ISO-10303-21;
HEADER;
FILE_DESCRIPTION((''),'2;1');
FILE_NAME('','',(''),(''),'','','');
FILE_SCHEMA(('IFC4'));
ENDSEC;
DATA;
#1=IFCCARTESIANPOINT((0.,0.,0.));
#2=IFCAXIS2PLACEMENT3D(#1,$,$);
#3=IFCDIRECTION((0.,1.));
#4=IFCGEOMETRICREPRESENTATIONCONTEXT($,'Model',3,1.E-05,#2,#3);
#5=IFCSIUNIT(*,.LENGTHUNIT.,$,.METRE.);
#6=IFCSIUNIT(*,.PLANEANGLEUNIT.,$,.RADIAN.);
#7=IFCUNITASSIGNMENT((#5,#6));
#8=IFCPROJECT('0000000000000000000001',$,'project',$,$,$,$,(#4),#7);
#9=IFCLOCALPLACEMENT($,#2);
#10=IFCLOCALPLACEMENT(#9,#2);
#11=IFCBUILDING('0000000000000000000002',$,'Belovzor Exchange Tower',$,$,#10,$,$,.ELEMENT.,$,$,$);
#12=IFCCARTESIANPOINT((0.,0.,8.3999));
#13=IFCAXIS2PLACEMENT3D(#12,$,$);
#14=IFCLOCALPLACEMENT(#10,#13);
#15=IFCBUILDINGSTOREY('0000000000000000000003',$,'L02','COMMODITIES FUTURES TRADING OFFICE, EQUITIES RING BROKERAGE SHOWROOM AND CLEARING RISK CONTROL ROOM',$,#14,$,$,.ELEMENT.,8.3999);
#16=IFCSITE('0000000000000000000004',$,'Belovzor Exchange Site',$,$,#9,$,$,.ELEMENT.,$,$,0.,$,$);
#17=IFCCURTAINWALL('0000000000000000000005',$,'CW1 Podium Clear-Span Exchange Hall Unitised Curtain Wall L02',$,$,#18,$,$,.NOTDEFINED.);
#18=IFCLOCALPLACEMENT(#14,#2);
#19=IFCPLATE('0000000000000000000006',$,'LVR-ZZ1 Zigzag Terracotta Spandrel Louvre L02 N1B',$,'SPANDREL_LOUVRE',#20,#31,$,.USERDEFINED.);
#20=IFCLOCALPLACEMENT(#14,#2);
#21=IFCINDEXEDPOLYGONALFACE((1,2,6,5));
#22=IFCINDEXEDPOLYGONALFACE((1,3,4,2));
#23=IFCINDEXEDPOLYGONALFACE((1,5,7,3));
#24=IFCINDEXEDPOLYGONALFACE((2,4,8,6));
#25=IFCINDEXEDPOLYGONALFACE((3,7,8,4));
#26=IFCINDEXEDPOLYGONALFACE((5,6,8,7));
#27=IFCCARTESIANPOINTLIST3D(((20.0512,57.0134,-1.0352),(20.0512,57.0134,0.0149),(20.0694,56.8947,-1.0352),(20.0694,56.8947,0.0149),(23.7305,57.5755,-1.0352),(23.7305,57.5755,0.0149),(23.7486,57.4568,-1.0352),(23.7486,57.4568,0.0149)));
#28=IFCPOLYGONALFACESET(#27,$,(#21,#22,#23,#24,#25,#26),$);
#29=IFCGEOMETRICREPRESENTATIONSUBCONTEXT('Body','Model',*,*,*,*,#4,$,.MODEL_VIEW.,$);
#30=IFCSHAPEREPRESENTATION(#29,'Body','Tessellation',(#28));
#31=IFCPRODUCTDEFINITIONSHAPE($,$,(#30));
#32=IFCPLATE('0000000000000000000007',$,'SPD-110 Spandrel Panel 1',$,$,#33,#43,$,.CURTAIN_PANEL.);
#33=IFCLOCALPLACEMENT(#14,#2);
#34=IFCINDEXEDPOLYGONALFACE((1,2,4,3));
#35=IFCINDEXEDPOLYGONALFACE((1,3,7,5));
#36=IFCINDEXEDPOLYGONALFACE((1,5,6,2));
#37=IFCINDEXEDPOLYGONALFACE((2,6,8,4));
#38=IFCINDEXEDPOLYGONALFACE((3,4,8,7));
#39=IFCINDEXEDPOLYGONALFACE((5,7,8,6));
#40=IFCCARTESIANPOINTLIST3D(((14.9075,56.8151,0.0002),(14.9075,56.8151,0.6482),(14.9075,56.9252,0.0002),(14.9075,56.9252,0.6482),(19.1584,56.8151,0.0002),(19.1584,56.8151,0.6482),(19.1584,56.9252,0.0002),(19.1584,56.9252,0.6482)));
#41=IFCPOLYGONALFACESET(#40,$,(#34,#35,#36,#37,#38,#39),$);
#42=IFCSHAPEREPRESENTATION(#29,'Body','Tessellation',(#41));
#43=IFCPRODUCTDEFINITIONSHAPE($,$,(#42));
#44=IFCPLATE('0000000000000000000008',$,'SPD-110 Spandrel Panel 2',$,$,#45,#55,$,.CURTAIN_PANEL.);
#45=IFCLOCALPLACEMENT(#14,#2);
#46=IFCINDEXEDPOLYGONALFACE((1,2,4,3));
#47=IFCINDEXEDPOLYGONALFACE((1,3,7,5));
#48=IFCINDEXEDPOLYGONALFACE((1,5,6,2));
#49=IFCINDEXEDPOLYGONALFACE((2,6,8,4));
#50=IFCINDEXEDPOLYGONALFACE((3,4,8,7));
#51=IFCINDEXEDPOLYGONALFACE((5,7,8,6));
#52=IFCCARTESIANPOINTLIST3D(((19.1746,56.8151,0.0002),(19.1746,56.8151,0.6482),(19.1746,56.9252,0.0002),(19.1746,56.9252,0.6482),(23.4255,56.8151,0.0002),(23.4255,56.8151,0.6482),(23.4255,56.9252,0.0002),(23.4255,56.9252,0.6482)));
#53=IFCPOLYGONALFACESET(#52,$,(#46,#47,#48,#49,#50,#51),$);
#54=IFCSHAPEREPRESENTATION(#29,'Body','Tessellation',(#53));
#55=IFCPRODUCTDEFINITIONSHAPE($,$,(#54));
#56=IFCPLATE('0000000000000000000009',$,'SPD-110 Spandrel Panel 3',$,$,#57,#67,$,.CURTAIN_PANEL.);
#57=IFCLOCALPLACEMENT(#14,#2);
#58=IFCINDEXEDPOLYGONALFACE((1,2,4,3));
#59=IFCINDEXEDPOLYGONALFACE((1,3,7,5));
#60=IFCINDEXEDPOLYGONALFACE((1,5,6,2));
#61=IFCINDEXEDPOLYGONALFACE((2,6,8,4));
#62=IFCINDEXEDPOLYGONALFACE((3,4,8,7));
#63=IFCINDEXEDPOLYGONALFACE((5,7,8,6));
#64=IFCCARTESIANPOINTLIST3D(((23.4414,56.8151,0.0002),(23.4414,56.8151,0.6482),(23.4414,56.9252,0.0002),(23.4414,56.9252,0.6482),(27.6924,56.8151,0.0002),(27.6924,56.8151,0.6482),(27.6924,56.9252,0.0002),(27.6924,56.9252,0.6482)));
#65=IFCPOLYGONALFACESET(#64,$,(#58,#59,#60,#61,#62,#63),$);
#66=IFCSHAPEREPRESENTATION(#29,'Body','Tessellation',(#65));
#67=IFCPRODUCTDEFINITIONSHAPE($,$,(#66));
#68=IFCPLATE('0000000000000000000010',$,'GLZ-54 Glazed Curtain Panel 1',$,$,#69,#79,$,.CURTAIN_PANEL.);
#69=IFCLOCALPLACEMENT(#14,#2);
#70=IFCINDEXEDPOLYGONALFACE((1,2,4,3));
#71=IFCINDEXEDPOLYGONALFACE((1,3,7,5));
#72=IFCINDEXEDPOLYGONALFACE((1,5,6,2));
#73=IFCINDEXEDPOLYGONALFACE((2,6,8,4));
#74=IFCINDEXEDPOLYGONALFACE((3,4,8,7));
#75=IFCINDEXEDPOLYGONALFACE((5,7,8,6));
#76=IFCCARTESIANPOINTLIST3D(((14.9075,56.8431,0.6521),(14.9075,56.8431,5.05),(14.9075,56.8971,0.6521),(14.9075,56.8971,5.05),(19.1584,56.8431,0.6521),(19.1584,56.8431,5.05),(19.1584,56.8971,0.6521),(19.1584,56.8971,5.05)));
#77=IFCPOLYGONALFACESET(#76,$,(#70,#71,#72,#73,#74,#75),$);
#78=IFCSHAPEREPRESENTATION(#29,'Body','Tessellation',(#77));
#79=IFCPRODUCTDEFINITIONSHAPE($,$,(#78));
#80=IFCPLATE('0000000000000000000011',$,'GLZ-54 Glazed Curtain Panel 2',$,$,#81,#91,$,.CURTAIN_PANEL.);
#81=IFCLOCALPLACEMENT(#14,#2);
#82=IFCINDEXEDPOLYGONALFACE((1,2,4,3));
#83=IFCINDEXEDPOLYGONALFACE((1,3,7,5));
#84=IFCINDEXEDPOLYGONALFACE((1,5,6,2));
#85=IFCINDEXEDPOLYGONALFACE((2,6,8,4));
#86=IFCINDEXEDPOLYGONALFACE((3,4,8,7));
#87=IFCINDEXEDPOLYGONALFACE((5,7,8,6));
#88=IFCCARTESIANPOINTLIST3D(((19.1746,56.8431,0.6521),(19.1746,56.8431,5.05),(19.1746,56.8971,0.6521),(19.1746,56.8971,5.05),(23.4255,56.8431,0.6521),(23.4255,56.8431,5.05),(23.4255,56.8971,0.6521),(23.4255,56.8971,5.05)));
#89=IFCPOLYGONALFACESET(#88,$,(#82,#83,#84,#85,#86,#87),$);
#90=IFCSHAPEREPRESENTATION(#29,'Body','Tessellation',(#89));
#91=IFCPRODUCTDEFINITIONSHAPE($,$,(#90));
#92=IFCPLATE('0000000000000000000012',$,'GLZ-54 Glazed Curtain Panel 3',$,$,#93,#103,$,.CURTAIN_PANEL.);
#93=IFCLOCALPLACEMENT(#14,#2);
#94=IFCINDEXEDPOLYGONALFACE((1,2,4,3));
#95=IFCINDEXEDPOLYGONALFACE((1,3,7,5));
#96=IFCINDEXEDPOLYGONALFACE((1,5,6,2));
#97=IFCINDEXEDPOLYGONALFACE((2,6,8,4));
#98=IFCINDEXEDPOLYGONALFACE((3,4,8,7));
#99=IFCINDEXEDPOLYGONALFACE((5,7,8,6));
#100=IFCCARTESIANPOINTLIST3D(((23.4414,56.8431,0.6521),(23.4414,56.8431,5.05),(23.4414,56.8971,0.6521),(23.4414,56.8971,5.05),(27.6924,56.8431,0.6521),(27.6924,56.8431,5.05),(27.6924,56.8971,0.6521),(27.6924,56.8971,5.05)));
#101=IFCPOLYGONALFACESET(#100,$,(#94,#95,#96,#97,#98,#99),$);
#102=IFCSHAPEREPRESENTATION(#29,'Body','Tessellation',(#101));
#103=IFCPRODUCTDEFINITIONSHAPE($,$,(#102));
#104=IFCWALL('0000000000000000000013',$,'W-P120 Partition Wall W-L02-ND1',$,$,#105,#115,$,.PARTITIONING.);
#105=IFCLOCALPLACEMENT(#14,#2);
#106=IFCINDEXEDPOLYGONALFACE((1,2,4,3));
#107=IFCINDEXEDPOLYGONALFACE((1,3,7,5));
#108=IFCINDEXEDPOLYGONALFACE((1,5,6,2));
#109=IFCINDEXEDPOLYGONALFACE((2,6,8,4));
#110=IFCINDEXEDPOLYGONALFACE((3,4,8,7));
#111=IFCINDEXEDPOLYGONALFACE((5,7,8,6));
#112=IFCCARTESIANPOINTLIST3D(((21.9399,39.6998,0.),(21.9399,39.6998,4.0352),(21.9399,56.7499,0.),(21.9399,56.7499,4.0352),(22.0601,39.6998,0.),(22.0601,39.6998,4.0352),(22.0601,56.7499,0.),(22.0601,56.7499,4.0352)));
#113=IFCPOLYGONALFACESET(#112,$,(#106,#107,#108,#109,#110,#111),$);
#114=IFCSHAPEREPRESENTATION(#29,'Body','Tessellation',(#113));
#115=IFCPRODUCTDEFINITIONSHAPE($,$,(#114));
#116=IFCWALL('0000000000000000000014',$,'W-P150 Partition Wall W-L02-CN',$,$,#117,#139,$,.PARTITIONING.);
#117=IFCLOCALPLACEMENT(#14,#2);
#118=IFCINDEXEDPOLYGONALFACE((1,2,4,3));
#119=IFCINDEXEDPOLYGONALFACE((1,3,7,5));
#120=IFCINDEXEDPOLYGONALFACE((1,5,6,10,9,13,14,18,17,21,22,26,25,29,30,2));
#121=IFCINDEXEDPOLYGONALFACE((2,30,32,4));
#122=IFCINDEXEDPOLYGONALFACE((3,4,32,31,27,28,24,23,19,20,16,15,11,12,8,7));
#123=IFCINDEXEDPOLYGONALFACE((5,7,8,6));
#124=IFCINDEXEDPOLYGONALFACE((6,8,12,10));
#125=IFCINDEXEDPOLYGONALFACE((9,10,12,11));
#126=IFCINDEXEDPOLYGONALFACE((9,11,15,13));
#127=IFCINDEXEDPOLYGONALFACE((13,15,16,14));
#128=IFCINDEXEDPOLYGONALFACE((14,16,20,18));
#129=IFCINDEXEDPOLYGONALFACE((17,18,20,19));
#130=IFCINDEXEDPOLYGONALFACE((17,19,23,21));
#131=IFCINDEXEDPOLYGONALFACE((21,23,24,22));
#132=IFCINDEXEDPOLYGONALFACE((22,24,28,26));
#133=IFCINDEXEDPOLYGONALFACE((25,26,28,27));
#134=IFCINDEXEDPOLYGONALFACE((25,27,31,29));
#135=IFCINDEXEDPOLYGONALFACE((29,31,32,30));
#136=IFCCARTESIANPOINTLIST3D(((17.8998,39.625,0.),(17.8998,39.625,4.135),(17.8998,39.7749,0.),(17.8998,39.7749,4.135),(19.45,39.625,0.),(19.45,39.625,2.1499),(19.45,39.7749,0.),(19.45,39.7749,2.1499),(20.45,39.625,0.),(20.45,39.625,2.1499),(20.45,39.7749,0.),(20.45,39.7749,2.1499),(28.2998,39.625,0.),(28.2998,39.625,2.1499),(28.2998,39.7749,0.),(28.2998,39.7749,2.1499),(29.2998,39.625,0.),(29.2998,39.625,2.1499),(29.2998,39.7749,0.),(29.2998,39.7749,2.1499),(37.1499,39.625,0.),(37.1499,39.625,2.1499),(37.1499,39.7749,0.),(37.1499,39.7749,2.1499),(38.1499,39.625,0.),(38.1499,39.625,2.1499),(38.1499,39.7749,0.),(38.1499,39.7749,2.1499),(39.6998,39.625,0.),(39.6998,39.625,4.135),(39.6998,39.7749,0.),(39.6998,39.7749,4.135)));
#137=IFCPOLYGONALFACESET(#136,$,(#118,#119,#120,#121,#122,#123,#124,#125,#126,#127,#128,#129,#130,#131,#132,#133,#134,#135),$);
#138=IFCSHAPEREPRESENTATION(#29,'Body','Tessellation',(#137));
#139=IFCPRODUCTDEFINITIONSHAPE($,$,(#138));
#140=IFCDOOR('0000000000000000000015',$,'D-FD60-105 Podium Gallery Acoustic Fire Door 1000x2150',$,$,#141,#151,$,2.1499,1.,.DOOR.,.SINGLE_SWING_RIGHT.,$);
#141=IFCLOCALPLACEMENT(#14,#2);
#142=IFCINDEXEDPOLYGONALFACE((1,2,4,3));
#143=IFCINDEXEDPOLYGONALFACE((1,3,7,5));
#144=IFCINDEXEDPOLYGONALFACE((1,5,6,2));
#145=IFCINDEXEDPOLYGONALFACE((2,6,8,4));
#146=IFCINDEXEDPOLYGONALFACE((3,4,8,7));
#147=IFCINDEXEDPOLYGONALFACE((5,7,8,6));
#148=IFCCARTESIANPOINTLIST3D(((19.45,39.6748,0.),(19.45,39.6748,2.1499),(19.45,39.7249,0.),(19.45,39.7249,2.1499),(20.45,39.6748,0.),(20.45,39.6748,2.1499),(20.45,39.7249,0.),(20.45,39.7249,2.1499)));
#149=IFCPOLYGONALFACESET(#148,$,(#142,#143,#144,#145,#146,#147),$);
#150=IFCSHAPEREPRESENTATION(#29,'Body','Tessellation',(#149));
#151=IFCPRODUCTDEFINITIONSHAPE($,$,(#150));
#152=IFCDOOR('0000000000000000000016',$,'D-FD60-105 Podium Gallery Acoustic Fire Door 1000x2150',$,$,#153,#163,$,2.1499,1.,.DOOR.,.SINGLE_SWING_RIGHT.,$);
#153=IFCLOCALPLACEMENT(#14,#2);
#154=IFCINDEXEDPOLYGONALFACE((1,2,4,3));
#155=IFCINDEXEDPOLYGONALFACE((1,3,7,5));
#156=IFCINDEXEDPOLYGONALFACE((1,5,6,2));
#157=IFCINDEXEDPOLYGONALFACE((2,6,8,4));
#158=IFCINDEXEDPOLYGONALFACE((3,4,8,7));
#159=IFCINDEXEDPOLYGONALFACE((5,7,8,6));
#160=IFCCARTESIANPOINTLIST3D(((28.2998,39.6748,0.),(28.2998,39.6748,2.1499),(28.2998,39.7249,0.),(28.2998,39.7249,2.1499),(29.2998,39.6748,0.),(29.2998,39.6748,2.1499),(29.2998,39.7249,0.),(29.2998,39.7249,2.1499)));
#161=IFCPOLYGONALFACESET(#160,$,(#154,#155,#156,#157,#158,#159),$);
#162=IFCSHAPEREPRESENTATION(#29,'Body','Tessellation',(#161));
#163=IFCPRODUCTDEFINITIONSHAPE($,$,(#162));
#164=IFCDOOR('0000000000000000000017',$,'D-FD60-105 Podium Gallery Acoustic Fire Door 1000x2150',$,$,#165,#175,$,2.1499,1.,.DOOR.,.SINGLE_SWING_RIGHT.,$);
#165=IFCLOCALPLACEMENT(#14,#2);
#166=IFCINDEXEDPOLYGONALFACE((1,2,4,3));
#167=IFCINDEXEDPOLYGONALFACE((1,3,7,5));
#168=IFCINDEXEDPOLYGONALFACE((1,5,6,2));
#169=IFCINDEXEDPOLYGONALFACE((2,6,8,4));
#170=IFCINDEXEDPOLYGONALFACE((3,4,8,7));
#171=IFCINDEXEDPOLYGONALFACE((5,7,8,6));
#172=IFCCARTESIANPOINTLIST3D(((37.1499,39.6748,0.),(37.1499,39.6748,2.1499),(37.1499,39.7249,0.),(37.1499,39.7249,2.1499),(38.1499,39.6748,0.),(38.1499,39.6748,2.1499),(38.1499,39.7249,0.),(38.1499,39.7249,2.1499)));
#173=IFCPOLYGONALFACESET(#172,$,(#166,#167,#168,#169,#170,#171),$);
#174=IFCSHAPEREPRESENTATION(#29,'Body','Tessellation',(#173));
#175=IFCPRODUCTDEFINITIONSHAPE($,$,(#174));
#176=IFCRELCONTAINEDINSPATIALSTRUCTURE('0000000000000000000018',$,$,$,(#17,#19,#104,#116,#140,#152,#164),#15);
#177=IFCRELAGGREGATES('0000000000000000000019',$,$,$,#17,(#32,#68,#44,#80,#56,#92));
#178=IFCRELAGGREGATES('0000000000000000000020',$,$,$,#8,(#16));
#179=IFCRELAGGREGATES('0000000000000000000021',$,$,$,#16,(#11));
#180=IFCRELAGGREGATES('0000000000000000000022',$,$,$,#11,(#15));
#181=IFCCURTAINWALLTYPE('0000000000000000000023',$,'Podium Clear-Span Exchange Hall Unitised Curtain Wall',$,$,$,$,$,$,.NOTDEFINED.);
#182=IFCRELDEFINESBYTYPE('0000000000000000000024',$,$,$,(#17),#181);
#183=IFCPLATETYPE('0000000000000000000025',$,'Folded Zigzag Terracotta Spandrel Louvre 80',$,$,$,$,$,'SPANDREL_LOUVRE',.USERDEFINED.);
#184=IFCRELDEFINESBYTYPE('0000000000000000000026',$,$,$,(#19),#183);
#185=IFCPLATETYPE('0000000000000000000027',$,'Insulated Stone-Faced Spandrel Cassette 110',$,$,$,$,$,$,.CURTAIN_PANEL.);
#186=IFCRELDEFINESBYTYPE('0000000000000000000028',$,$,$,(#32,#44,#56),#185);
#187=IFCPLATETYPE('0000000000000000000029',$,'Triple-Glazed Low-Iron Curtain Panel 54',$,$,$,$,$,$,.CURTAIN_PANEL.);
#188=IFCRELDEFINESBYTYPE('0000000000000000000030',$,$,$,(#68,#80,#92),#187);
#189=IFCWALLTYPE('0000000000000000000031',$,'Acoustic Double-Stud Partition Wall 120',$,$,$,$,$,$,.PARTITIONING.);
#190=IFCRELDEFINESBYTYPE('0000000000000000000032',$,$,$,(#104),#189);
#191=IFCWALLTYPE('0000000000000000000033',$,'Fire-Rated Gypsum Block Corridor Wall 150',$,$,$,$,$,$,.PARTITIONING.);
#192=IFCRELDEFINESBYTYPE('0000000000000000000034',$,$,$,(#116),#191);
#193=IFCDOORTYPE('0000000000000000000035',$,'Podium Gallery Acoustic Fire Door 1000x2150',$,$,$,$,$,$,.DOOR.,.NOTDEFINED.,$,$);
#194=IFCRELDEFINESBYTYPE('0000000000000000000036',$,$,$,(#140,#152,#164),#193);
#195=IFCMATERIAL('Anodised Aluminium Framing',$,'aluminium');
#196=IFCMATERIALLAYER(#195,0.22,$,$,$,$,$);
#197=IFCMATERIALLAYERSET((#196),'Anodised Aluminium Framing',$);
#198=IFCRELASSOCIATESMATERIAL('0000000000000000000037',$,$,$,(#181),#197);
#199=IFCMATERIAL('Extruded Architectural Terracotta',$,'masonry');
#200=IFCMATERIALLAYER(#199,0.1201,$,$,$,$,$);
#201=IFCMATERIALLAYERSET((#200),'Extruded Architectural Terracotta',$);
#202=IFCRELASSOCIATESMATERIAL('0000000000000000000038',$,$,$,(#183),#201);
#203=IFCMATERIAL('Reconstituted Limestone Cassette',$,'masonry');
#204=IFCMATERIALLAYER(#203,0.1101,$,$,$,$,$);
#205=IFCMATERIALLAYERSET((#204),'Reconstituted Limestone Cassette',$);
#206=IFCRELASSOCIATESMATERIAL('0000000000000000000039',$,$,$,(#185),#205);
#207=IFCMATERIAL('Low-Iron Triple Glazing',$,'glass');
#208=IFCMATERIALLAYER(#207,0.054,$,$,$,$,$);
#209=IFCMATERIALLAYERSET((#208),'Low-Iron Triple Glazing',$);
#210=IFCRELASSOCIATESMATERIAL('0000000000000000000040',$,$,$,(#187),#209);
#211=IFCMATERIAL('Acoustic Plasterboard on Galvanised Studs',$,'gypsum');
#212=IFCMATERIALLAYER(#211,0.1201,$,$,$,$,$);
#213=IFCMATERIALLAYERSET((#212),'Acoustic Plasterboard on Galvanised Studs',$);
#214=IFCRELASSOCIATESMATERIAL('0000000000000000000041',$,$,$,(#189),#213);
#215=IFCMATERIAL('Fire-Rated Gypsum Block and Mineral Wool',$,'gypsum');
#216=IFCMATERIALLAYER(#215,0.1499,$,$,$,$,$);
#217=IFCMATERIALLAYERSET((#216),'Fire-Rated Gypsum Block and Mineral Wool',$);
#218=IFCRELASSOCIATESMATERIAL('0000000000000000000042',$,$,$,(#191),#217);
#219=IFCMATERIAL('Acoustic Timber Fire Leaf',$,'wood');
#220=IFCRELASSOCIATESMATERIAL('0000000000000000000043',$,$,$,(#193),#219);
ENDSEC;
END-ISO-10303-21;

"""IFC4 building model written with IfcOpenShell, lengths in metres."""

from ifc_helpers import new_model, si_unit, direction, frame, frame_2d, origin, origin_2d, place, context, subcontext, project, spatial, rectangle, extrude, material, layer, layer_set, type_object, element, fill, aggregate, save


model = new_model("IFC4")

# Units and contexts
model_context = context("Model", 3, precision=1e-05, world=origin(), true_north=direction((0.0, 1.0)))
body_context = subcontext(model_context, "Body", "Model", "MODEL_VIEW")
ifc_project = project(units=[si_unit("LENGTHUNIT", "METRE"), si_unit("PLANEANGLEUNIT", "RADIAN")], contexts=[model_context])

# Site, building, storey
site_placement = place(None, origin())
site = spatial("IfcSite", under=ifc_project, at=site_placement, Name="Belovzor Exchange Site", CompositionType="ELEMENT", RefElevation=0.0)
building_placement = place(site_placement, origin())
building = spatial("IfcBuilding", under=site, at=building_placement, Name="Belovzor Exchange Tower", CompositionType="ELEMENT")
storey_placement = place(building_placement, frame((0.0, 0.0, 8.3999)))
storey = spatial("IfcBuildingStorey", under=building, at=storey_placement, Name="L02", Description="COMMODITIES FUTURES TRADING OFFICE, EQUITIES RING BROKERAGE SHOWROOM AND CLEARING RISK CONTROL ROOM", CompositionType="ELEMENT", Elevation=8.3999)

# Curtain wall
ifc_material_1 = material(Name="Anodised Aluminium Framing", Category="aluminium")
ifc_layer_1 = layer(ifc_material_1, 0.22)
ifc_layer_set_1 = layer_set([ifc_layer_1], Name="Anodised Aluminium Framing")
curtain_wall_type = type_object("IfcCurtainWallType", Name="Podium Clear-Span Exchange Hall Unitised Curtain Wall", PredefinedType="NOTDEFINED", material=ifc_layer_set_1)
curtain_wall_placement = place(storey_placement, origin())
curtain_wall = element("IfcCurtainWall", 1, at=curtain_wall_placement, inside=storey, type_object=curtain_wall_type, Name="CW1 Podium Clear-Span Exchange Hall Unitised Curtain Wall L02", PredefinedType="NOTDEFINED")

# Plate
ifc_material_2 = material(Name="Extruded Architectural Terracotta", Category="masonry")
ifc_layer_2 = layer(ifc_material_2, 0.1201)
ifc_layer_set_2 = layer_set([ifc_layer_2], Name="Extruded Architectural Terracotta")
plate_type_1 = type_object("IfcPlateType", Name="Folded Zigzag Terracotta Spandrel Louvre 80", ElementType="SPANDREL_LOUVRE", PredefinedType="USERDEFINED", material=ifc_layer_set_2)
for number, where, z_axis, x_axis, name in (
    (2, (21.8999, 57.2351, -1.0352), (0.0, 0.0, 1.0), (0.988531, 0.151019, 0.0), "LVR-ZZ1 Zigzag Terracotta Spandrel Louvre L02 N1B"),
):
    element("IfcPlate", number, at=place(storey_placement, frame(where, z_axis=z_axis, x_axis=x_axis)), inside=storey, type_object=plate_type_1, Name=name, ObjectType="SPANDREL_LOUVRE", PredefinedType="USERDEFINED", context=body_context, shape_type="SweptSolid", body=[
        extrude(rectangle(XDim=3.7219, YDim=0.1201, at=origin_2d()), origin(), (0.0, 0.0, 1.0), 1.05),
    ])

# Plates
ifc_material_3 = material(Name="Reconstituted Limestone Cassette", Category="masonry")
ifc_layer_3 = layer(ifc_material_3, 0.1101)
ifc_layer_set_3 = layer_set([ifc_layer_3], Name="Reconstituted Limestone Cassette")
plate_type_2 = type_object("IfcPlateType", Name="Insulated Stone-Faced Spandrel Cassette 110", PredefinedType="CURTAIN_PANEL", material=ifc_layer_set_3)
plate_1_placement = place(storey_placement, frame((17.033, 56.8701, 0.0002), z_axis=(0.0, 0.0, 1.0), x_axis=(1.0, 0.0, 0.0)))
plate_1 = element("IfcPlate", 3, at=plate_1_placement, type_object=plate_type_2, Name="SPD-110 Spandrel Panel 1", PredefinedType="CURTAIN_PANEL", context=body_context, shape_type="SweptSolid", body=[
    extrude(rectangle(XDim=4.251, YDim=0.1101, at=origin_2d()), origin(), (0.0, 0.0, 1.0), 0.6479),
])
plate_2_placement = place(storey_placement, frame((21.3, 56.8701, 0.0002), z_axis=(0.0, 0.0, 1.0), x_axis=(1.0, 0.0, 0.0)))
plate_2 = element("IfcPlate", 4, at=plate_2_placement, type_object=plate_type_2, Name="SPD-110 Spandrel Panel 2", PredefinedType="CURTAIN_PANEL", context=body_context, shape_type="SweptSolid", body=[
    extrude(rectangle(XDim=4.251, YDim=0.1101, at=origin_2d()), origin(), (0.0, 0.0, 1.0), 0.6479),
])
plate_3_placement = place(storey_placement, frame((25.5669, 56.8701, 0.0002), z_axis=(0.0, 0.0, 1.0), x_axis=(1.0, 0.0, 0.0)))
plate_3 = element("IfcPlate", 5, at=plate_3_placement, type_object=plate_type_2, Name="SPD-110 Spandrel Panel 3", PredefinedType="CURTAIN_PANEL", context=body_context, shape_type="SweptSolid", body=[
    extrude(rectangle(XDim=4.251, YDim=0.1101, at=origin_2d()), origin(), (0.0, 0.0, 1.0), 0.6479),
])
ifc_material_4 = material(Name="Low-Iron Triple Glazing", Category="glass")
ifc_layer_4 = layer(ifc_material_4, 0.054)
ifc_layer_set_4 = layer_set([ifc_layer_4], Name="Low-Iron Triple Glazing")
plate_type_3 = type_object("IfcPlateType", Name="Triple-Glazed Low-Iron Curtain Panel 54", PredefinedType="CURTAIN_PANEL", material=ifc_layer_set_4)
plate_4_placement = place(storey_placement, frame((17.033, 56.8701, 0.6521), z_axis=(0.0, 0.0, 1.0), x_axis=(1.0, 0.0, 0.0)))
plate_4 = element("IfcPlate", 6, at=plate_4_placement, type_object=plate_type_3, Name="GLZ-54 Glazed Curtain Panel 1", PredefinedType="CURTAIN_PANEL", context=body_context, shape_type="SweptSolid", body=[
    extrude(rectangle(XDim=4.251, YDim=0.054, at=origin_2d()), origin(), (0.0, 0.0, 1.0), 4.3979),
])
plate_5_placement = place(storey_placement, frame((21.3, 56.8701, 0.6521), z_axis=(0.0, 0.0, 1.0), x_axis=(1.0, 0.0, 0.0)))
plate_5 = element("IfcPlate", 7, at=plate_5_placement, type_object=plate_type_3, Name="GLZ-54 Glazed Curtain Panel 2", PredefinedType="CURTAIN_PANEL", context=body_context, shape_type="SweptSolid", body=[
    extrude(rectangle(XDim=4.251, YDim=0.054, at=origin_2d()), origin(), (0.0, 0.0, 1.0), 4.3979),
])
plate_6_placement = place(storey_placement, frame((25.5669, 56.8701, 0.6521), z_axis=(0.0, 0.0, 1.0), x_axis=(1.0, 0.0, 0.0)))
plate_6 = element("IfcPlate", 8, at=plate_6_placement, type_object=plate_type_3, Name="GLZ-54 Glazed Curtain Panel 3", PredefinedType="CURTAIN_PANEL", context=body_context, shape_type="SweptSolid", body=[
    extrude(rectangle(XDim=4.251, YDim=0.054, at=origin_2d()), origin(), (0.0, 0.0, 1.0), 4.3979),
])
aggregate(curtain_wall, [plate_1, plate_4, plate_2, plate_5, plate_3, plate_6])

# Wall
ifc_material_5 = material(Name="Acoustic Plasterboard on Galvanised Studs", Category="gypsum")
ifc_layer_5 = layer(ifc_material_5, 0.1201)
ifc_layer_set_5 = layer_set([ifc_layer_5], Name="Acoustic Plasterboard on Galvanised Studs")
wall_type_1 = type_object("IfcWallType", Name="Acoustic Double-Stud Partition Wall 120", PredefinedType="PARTITIONING", material=ifc_layer_set_5)
wall_1_placement = place(storey_placement, frame((22.0, 39.7, 0.0), z_axis=(0.0, 0.0, 1.0), x_axis=(0.0, 1.0, 0.0)))
element("IfcWall", 9, at=wall_1_placement, inside=storey, type_object=wall_type_1, Name="W-P120 Partition Wall W-L02-ND1", PredefinedType="PARTITIONING", context=body_context, shape_type="SweptSolid", body=[
    extrude(rectangle(XDim=17.05, YDim=0.1201, at=frame_2d((8.5249, 0.0))), origin(), (0.0, 0.0, 1.0), 4.0352),
])

# Wall, openings, doors
ifc_material_6 = material(Name="Fire-Rated Gypsum Block and Mineral Wool", Category="gypsum")
ifc_layer_6 = layer(ifc_material_6, 0.1499)
ifc_layer_set_6 = layer_set([ifc_layer_6], Name="Fire-Rated Gypsum Block and Mineral Wool")
wall_type_2 = type_object("IfcWallType", Name="Fire-Rated Gypsum Block Corridor Wall 150", PredefinedType="PARTITIONING", material=ifc_layer_set_6)
wall_2_placement = place(storey_placement, frame((17.8999, 39.7, 0.0), z_axis=(0.0, 0.0, 1.0), x_axis=(1.0, 0.0, 0.0)))
wall_2 = element("IfcWall", 10, at=wall_2_placement, inside=storey, type_object=wall_type_2, Name="W-P150 Partition Wall W-L02-CN", PredefinedType="PARTITIONING", context=body_context, shape_type="SweptSolid", body=[
    extrude(rectangle(XDim=21.8, YDim=0.1499, at=frame_2d((10.8999, 0.0))), origin(), (0.0, 0.0, 1.0), 4.135),
])
opening_1_placement = place(wall_2_placement, frame((1.55, 0.0, 0.0)))
opening_1 = element("IfcOpeningElement", 11, at=opening_1_placement, cuts=wall_2, PredefinedType="OPENING", context=body_context, shape_type="SweptSolid", body=[
    extrude(rectangle(XDim=1.0, YDim=2.1499, at=frame_2d((0.5, 1.075))), frame((0.0, 0.085, 0.0), z_axis=(0.0, -1.0, 0.0), x_axis=(1.0, 0.0, 0.0)), (0.0, 0.0, 1.0), 0.1699),
])
opening_2_placement = place(wall_2_placement, frame((10.3999, 0.0, 0.0)))
opening_2 = element("IfcOpeningElement", 12, at=opening_2_placement, cuts=wall_2, PredefinedType="OPENING", context=body_context, shape_type="SweptSolid", body=[
    extrude(rectangle(XDim=1.0, YDim=2.1499, at=frame_2d((0.5, 1.075))), frame((0.0, 0.085, 0.0), z_axis=(0.0, -1.0, 0.0), x_axis=(1.0, 0.0, 0.0)), (0.0, 0.0, 1.0), 0.1699),
])
opening_3_placement = place(wall_2_placement, frame((19.25, 0.0, 0.0)))
opening_3 = element("IfcOpeningElement", 13, at=opening_3_placement, cuts=wall_2, PredefinedType="OPENING", context=body_context, shape_type="SweptSolid", body=[
    extrude(rectangle(XDim=1.0, YDim=2.1499, at=frame_2d((0.5, 1.075))), frame((0.0, 0.085, 0.0), z_axis=(0.0, -1.0, 0.0), x_axis=(1.0, 0.0, 0.0)), (0.0, 0.0, 1.0), 0.1699),
])
ifc_material_7 = material(Name="Acoustic Timber Fire Leaf", Category="wood")
door_type = type_object("IfcDoorType", Name="Podium Gallery Acoustic Fire Door 1000x2150", OperationType="NOTDEFINED", PredefinedType="DOOR", material=ifc_material_7)
door_1_placement = place(opening_1_placement, origin())
door_1 = element("IfcDoor", 14, at=door_1_placement, inside=storey, type_object=door_type, Name="D-FD60-105 Podium Gallery Acoustic Fire Door 1000x2150", OperationType="SINGLE_SWING_RIGHT", OverallHeight=2.1499, OverallWidth=1.0, PredefinedType="DOOR", context=body_context, shape_type="SweptSolid", body=[
    extrude(rectangle(XDim=1.0, YDim=2.1499, at=frame_2d((0.5, 1.075))), frame((0.0, 0.0249, 0.0), z_axis=(0.0, -1.0, 0.0), x_axis=(1.0, 0.0, 0.0)), (0.0, 0.0, 1.0), 0.05),
])
fill(opening_1, door_1)
door_2_placement = place(opening_2_placement, origin())
door_2 = element("IfcDoor", 15, at=door_2_placement, inside=storey, type_object=door_type, Name="D-FD60-105 Podium Gallery Acoustic Fire Door 1000x2150", OperationType="SINGLE_SWING_RIGHT", OverallHeight=2.1499, OverallWidth=1.0, PredefinedType="DOOR", context=body_context, shape_type="SweptSolid", body=[
    extrude(rectangle(XDim=1.0, YDim=2.1499, at=frame_2d((0.5, 1.075))), frame((0.0, 0.0249, 0.0), z_axis=(0.0, -1.0, 0.0), x_axis=(1.0, 0.0, 0.0)), (0.0, 0.0, 1.0), 0.05),
])
fill(opening_2, door_2)
door_3_placement = place(opening_3_placement, origin())
door_3 = element("IfcDoor", 16, at=door_3_placement, inside=storey, type_object=door_type, Name="D-FD60-105 Podium Gallery Acoustic Fire Door 1000x2150", OperationType="SINGLE_SWING_RIGHT", OverallHeight=2.1499, OverallWidth=1.0, PredefinedType="DOOR", context=body_context, shape_type="SweptSolid", body=[
    extrude(rectangle(XDim=1.0, YDim=2.1499, at=frame_2d((0.5, 1.075))), frame((0.0, 0.0249, 0.0), z_axis=(0.0, -1.0, 0.0), x_axis=(1.0, 0.0, 0.0)), (0.0, 0.0, 1.0), 0.05),
])
fill(opening_3, door_3)

save(model, "model.ifc")
